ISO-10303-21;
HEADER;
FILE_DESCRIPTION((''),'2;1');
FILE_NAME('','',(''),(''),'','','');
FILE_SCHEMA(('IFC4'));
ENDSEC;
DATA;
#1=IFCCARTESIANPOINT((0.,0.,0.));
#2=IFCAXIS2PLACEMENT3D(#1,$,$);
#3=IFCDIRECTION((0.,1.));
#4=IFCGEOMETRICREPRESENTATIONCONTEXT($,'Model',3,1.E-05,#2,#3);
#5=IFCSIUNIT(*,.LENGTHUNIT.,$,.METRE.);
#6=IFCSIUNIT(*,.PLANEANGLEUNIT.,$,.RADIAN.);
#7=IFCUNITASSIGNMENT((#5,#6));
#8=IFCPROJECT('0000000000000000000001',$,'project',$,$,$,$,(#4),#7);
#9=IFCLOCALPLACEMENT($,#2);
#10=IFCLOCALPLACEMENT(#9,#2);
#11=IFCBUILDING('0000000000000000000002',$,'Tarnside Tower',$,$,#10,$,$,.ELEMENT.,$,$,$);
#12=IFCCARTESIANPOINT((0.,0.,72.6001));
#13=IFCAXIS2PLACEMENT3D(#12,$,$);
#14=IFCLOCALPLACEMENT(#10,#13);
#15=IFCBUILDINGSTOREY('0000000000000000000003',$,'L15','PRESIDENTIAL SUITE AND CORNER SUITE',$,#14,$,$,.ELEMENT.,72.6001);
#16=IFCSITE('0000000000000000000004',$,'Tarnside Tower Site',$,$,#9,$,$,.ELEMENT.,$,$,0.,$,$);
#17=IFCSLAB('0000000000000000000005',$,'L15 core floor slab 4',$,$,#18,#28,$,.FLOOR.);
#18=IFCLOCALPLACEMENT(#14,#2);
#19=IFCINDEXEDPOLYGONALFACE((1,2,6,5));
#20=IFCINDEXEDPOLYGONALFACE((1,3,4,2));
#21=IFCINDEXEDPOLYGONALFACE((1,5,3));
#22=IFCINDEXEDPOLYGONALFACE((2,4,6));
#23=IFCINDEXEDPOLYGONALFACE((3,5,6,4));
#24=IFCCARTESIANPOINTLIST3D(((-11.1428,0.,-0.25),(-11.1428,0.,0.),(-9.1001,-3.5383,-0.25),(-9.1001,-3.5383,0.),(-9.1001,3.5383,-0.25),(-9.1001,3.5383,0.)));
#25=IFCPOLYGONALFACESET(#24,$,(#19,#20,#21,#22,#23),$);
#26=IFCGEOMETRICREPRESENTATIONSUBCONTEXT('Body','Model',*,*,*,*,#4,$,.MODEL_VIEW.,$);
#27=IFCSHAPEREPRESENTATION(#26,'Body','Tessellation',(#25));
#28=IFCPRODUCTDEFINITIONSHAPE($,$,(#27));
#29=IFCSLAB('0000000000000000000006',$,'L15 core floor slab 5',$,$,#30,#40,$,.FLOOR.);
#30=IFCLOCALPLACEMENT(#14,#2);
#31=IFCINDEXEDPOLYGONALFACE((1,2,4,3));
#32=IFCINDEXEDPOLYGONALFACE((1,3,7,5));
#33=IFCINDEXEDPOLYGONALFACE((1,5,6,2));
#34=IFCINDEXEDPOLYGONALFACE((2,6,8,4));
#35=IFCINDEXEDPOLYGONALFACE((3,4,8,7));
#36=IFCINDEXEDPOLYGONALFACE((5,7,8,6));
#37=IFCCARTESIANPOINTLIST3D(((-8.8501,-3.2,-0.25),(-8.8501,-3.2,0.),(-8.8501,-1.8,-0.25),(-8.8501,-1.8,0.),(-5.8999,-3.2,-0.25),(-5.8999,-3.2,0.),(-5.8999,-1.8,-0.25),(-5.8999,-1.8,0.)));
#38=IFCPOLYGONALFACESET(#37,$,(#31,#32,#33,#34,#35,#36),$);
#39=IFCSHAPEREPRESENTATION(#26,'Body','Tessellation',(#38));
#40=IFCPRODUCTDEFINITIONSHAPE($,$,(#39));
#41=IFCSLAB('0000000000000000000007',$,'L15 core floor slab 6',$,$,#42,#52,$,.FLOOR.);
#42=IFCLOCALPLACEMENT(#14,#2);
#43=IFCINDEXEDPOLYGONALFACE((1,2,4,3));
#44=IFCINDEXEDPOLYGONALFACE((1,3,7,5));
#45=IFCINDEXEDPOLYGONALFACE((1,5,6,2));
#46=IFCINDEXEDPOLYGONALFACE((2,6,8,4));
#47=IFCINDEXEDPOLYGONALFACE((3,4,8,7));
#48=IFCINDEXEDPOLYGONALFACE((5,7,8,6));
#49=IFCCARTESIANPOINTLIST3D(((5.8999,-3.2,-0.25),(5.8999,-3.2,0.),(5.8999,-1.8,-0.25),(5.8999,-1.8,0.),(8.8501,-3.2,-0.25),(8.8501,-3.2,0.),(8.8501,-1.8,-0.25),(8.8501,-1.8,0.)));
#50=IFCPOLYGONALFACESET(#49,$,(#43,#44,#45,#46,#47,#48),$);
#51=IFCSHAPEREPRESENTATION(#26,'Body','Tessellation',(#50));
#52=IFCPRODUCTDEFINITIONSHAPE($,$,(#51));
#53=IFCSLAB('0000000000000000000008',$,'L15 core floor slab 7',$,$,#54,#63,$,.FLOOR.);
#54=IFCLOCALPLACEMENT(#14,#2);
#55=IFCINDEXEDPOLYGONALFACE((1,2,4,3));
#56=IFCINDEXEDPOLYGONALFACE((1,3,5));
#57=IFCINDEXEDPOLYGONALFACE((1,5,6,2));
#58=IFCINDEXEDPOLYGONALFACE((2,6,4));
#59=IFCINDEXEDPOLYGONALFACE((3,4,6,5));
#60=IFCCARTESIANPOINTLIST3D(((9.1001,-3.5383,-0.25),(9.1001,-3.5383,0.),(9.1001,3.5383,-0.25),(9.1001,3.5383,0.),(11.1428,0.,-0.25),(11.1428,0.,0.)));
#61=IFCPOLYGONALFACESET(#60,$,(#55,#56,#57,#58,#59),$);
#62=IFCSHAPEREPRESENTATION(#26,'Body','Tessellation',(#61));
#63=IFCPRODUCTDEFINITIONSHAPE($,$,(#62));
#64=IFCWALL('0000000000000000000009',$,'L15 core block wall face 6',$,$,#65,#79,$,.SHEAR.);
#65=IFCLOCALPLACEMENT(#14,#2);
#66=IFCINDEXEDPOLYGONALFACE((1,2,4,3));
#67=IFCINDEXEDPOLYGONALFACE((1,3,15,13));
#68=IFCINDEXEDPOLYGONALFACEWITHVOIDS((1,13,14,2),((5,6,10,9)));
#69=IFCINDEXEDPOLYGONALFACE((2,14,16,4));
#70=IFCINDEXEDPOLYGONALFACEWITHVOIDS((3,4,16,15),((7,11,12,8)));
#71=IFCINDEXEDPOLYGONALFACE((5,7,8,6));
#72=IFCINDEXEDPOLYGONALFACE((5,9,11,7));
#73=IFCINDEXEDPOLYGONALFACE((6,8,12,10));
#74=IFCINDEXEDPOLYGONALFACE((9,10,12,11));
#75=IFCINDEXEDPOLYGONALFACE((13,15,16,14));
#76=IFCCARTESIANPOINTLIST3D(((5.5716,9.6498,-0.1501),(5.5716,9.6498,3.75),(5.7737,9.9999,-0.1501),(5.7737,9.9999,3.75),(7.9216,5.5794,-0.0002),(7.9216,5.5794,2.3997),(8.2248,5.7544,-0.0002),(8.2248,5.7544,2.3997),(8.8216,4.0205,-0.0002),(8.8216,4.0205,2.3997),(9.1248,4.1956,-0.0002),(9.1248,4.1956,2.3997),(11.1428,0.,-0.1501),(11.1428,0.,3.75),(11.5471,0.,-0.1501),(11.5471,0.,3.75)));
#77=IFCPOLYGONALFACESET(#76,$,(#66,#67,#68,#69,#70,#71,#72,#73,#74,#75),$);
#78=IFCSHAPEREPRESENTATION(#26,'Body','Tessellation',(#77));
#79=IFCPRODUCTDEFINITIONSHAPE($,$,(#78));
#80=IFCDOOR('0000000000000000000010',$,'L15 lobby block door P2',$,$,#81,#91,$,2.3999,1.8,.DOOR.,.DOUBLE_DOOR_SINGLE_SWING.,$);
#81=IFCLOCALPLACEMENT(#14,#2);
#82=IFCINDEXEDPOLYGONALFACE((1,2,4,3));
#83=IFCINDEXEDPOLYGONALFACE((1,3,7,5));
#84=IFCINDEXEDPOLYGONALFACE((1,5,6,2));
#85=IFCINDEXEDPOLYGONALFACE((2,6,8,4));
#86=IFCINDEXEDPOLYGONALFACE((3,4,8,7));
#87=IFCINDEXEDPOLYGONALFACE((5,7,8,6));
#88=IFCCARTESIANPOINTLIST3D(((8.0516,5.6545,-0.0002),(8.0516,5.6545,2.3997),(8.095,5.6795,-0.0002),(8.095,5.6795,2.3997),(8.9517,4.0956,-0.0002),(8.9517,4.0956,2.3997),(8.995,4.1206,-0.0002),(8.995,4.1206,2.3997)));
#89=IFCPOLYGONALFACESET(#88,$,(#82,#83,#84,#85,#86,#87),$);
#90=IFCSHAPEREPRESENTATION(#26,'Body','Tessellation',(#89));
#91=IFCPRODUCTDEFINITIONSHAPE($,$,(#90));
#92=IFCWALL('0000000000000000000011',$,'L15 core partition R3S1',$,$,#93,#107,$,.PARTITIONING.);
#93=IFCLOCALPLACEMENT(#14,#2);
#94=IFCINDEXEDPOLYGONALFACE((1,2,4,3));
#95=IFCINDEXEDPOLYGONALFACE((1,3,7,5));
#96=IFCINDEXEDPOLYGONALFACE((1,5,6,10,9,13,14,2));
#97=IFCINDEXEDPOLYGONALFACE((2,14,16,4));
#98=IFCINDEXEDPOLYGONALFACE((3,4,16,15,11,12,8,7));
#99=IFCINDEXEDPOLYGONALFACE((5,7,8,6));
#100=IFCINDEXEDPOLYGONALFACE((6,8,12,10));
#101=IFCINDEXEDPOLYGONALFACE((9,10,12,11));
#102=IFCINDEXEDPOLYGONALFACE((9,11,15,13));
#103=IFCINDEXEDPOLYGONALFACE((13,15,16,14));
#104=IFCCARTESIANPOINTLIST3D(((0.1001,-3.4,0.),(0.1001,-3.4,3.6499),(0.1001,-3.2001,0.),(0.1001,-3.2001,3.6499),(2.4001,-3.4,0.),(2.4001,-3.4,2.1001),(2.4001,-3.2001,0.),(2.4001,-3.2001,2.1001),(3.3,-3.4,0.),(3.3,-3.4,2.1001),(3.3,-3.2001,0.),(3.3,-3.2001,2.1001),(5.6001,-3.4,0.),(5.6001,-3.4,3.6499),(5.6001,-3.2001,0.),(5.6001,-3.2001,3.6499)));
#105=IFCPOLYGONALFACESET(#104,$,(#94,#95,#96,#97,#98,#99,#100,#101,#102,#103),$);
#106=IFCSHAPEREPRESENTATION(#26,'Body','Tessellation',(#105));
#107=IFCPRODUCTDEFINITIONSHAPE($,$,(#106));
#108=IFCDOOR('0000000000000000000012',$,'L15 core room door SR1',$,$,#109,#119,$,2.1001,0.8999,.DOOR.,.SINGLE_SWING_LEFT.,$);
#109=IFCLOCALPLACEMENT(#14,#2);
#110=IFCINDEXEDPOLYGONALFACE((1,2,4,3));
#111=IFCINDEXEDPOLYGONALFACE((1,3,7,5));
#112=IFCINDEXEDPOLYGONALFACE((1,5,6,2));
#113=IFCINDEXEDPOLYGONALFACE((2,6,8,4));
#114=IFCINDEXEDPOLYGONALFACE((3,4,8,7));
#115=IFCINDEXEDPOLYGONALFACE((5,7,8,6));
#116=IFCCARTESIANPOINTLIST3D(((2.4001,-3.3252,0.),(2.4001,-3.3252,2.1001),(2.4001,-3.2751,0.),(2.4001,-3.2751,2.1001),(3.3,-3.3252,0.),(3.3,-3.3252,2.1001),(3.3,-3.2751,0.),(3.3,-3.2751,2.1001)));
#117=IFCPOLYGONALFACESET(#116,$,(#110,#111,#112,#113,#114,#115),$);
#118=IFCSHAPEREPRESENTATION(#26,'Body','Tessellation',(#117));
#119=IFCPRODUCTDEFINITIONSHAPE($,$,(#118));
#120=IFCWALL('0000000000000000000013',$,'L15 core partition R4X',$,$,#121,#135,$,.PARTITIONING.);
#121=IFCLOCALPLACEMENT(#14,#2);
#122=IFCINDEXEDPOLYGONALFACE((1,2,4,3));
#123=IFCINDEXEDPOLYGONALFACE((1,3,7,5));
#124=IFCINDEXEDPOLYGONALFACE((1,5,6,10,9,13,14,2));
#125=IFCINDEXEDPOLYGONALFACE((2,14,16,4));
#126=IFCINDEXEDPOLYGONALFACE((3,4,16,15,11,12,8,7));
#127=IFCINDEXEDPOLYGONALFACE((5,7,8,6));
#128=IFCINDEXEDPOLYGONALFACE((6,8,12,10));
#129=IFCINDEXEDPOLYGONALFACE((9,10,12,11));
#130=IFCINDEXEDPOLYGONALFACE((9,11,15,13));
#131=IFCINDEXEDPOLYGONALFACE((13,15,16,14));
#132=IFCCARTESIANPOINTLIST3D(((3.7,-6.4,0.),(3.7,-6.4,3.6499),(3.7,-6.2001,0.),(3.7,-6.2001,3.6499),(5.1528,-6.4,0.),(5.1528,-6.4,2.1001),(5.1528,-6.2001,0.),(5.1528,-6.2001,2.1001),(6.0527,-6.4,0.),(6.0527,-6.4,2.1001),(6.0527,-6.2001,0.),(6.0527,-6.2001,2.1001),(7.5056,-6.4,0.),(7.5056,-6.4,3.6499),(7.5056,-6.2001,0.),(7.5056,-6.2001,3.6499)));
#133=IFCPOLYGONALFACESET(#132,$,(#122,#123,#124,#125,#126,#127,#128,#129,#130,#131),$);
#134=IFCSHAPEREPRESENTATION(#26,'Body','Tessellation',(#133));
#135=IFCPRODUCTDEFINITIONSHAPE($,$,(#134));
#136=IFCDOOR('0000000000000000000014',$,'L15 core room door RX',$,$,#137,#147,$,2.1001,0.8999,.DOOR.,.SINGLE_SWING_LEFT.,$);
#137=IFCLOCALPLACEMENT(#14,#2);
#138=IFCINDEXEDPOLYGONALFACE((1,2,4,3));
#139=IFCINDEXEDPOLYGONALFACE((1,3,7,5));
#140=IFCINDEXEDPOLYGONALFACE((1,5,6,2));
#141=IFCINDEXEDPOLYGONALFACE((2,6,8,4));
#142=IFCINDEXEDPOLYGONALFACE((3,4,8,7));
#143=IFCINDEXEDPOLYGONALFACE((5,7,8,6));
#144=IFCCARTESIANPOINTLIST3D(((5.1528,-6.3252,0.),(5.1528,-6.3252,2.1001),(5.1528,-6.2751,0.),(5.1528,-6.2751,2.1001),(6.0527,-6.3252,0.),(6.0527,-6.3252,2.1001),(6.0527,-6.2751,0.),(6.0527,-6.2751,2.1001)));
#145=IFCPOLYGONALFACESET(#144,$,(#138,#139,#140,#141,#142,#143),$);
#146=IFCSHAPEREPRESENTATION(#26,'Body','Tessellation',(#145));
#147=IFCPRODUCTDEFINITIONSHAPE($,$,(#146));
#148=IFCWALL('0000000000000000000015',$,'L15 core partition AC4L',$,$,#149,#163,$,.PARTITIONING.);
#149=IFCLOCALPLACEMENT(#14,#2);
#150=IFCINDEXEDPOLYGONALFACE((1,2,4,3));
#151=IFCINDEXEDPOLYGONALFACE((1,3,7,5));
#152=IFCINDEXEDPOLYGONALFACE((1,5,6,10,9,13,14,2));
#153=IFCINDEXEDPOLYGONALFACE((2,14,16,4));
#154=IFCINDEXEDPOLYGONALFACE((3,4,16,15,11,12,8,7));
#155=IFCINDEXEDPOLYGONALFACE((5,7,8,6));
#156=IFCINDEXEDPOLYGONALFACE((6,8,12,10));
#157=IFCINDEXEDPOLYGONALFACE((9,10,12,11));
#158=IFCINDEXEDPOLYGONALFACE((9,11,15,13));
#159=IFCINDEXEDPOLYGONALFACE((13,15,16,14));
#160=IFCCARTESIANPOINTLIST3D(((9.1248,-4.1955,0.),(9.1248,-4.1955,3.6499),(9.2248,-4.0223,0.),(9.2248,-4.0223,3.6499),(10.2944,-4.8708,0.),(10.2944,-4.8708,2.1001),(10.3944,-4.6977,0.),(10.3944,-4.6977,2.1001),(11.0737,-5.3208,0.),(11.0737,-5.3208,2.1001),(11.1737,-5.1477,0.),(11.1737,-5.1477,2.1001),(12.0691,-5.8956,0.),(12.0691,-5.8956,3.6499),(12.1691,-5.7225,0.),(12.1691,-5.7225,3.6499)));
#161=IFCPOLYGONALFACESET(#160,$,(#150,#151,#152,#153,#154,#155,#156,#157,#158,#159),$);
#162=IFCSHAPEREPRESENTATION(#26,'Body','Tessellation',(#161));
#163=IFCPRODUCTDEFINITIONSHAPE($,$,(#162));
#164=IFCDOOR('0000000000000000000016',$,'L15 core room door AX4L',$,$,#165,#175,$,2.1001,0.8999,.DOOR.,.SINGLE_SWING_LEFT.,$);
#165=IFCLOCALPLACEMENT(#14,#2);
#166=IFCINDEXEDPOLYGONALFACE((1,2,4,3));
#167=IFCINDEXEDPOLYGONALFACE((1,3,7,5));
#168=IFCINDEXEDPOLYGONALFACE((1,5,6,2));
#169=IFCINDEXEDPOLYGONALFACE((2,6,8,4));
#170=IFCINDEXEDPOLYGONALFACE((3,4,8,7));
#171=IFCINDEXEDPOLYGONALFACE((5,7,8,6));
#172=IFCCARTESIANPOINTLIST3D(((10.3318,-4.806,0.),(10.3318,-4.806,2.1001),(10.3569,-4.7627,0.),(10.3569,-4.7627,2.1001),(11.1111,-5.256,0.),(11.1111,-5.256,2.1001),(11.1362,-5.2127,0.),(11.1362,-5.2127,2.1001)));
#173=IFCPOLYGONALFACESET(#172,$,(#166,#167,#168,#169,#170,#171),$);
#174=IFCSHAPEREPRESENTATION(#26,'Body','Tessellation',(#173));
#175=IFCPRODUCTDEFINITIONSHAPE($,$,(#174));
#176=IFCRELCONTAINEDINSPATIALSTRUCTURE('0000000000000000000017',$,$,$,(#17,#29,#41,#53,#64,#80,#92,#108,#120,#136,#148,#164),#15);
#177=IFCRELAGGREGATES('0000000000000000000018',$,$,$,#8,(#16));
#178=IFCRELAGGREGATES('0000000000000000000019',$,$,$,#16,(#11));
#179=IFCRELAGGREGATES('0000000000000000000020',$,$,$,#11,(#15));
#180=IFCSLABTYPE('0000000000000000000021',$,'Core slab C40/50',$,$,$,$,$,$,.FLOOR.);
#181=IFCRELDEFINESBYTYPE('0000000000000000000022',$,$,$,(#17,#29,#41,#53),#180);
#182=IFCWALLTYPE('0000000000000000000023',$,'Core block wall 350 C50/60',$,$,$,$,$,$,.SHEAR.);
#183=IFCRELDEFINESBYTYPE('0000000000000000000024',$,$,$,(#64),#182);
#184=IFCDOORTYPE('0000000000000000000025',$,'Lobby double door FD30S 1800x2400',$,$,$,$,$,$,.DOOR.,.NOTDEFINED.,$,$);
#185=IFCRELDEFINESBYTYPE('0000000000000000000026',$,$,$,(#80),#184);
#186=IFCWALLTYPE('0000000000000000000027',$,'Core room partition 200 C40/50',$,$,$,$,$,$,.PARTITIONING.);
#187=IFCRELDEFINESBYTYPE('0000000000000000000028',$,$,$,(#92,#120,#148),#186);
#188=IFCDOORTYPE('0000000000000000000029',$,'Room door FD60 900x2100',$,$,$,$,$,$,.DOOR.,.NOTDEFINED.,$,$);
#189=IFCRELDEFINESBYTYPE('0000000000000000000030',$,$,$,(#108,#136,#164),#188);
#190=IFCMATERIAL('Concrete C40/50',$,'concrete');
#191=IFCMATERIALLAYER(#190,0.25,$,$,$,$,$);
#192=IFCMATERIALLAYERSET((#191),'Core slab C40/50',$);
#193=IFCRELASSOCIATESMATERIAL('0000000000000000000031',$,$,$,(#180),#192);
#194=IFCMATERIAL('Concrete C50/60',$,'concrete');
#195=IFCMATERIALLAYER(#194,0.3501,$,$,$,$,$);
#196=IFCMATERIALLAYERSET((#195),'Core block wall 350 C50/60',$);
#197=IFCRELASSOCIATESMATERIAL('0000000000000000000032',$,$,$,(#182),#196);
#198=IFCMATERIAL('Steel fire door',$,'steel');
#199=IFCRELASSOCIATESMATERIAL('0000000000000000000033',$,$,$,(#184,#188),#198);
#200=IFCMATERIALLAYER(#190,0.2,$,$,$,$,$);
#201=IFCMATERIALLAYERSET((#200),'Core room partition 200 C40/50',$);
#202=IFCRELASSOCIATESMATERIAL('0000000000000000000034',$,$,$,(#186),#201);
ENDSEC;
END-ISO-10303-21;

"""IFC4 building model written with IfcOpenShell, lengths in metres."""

from ifc_helpers import new_model, si_unit, direction, frame, frame_2d, origin, place, context, subcontext, project, spatial, polyline, rectangle, outline, extrude, material, layer, layer_set, type_object, element, fill, save


model = new_model("IFC4")

# Units and contexts
model_context = context("Model", 3, precision=1e-05, world=origin(), true_north=direction((0.0, 1.0)))
body_context = subcontext(model_context, "Body", "Model", "MODEL_VIEW")
ifc_project = project(units=[si_unit("LENGTHUNIT", "METRE"), si_unit("PLANEANGLEUNIT", "RADIAN")], contexts=[model_context])

# Site, building, storey
site_placement = place(None, origin())
site = spatial("IfcSite", under=ifc_project, at=site_placement, Name="Tarnside Tower Site", CompositionType="ELEMENT", RefElevation=0.0)
building_placement = place(site_placement, origin())
building = spatial("IfcBuilding", under=site, at=building_placement, Name="Tarnside Tower", CompositionType="ELEMENT")
storey_placement = place(building_placement, frame((0.0, 0.0, 72.6001)))
storey = spatial("IfcBuildingStorey", under=building, at=storey_placement, Name="L15", Description="PRESIDENTIAL SUITE AND CORNER SUITE", CompositionType="ELEMENT", Elevation=72.6001)

# Slabs
ifc_material_1 = material(Name="Concrete C40/50", Category="concrete")
ifc_layer_1 = layer(ifc_material_1, 0.25)
ifc_layer_set_1 = layer_set([ifc_layer_1], Name="Core slab C40/50")
slab_type = type_object("IfcSlabType", Name="Core slab C40/50", PredefinedType="FLOOR", material=ifc_layer_set_1)
slab_1_placement = place(storey_placement, frame((0.0, 0.0, -0.25)))
element("IfcSlab", 1, at=slab_1_placement, inside=storey, type_object=slab_type, Name="L15 core floor slab 4", PredefinedType="FLOOR", context=body_context, shape_type="SweptSolid", body=[
    extrude(outline(polyline([(-11.1428, 0.0), (-9.1001, 3.5383), (-9.1001, -3.5383), (-11.1428, 0.0)])), origin(), (0.0, 0.0, 1.0), 0.25),
])
slab_2_placement = place(storey_placement, frame((0.0, 0.0, -0.25)))
element("IfcSlab", 2, at=slab_2_placement, inside=storey, type_object=slab_type, Name="L15 core floor slab 5", PredefinedType="FLOOR", context=body_context, shape_type="SweptSolid", body=[
    extrude(outline(polyline([(-8.8501, -1.8), (-5.8999, -1.8), (-5.8999, -3.2), (-8.8501, -3.2), (-8.8501, -1.8)])), origin(), (0.0, 0.0, 1.0), 0.25),
])
slab_3_placement = place(storey_placement, frame((0.0, 0.0, -0.25)))
element("IfcSlab", 3, at=slab_3_placement, inside=storey, type_object=slab_type, Name="L15 core floor slab 6", PredefinedType="FLOOR", context=body_context, shape_type="SweptSolid", body=[
    extrude(outline(polyline([(5.8999, -3.2), (5.8999, -1.8), (8.8501, -1.8), (8.8501, -3.2), (5.8999, -3.2)])), origin(), (0.0, 0.0, 1.0), 0.25),
])
slab_4_placement = place(storey_placement, frame((0.0, 0.0, -0.25)))
element("IfcSlab", 4, at=slab_4_placement, inside=storey, type_object=slab_type, Name="L15 core floor slab 7", PredefinedType="FLOOR", context=body_context, shape_type="SweptSolid", body=[
    extrude(outline(polyline([(9.1001, -3.5383), (9.1001, 3.5383), (11.1428, 0.0), (9.1001, -3.5383)])), origin(), (0.0, 0.0, 1.0), 0.25),
])

# Walls, openings, doors
ifc_material_2 = material(Name="Concrete C50/60", Category="concrete")
ifc_layer_2 = layer(ifc_material_2, 0.3501)
ifc_layer_set_2 = layer_set([ifc_layer_2], Name="Core block wall 350 C50/60")
wall_type_1 = type_object("IfcWallType", Name="Core block wall 350 C50/60", PredefinedType="SHEAR", material=ifc_layer_set_2)
wall_1_placement = place(storey_placement, frame((11.345, 0.0, -0.1501), z_axis=(0.0, 0.0, 1.0), x_axis=(-0.499995, 0.866028, 0.0)))
wall_1 = element("IfcWall", 5, at=wall_1_placement, inside=storey, type_object=wall_type_1, Name="L15 core block wall face 6", PredefinedType="SHEAR", context=body_context, shape_type="SweptSolid", body=[
    extrude(outline(polyline([(-0.1011, -0.175), (11.4458, -0.175), (11.2437, 0.175), (0.1011, 0.175), (-0.1011, -0.175)])), origin(), (0.0, 0.0, 1.0), 3.9001),
])
opening_1_placement = place(wall_1_placement, frame((4.7437, 0.0, 0.1499)))
opening_1 = element("IfcOpeningElement", 6, at=opening_1_placement, cuts=wall_1, PredefinedType="OPENING", context=body_context, shape_type="SweptSolid", body=[
    extrude(rectangle(XDim=1.8, YDim=2.3999, at=frame_2d((0.8999, 1.2))), frame((0.0, 0.1851, 0.0), z_axis=(0.0, -1.0, 0.0), x_axis=(1.0, 0.0, 0.0)), (0.0, 0.0, 1.0), 0.3701),
])
ifc_material_3 = material(Name="Steel fire door", Category="steel")
door_type_1 = type_object("IfcDoorType", Name="Lobby double door FD30S 1800x2400", OperationType="NOTDEFINED", PredefinedType="DOOR", material=ifc_material_3)
door_1_placement = place(opening_1_placement, origin())
door_1 = element("IfcDoor", 7, at=door_1_placement, inside=storey, type_object=door_type_1, Name="L15 lobby block door P2", OperationType="DOUBLE_DOOR_SINGLE_SWING", OverallHeight=2.3999, OverallWidth=1.8, PredefinedType="DOOR", context=body_context, shape_type="SweptSolid", body=[
    extrude(rectangle(XDim=1.8, YDim=2.3999, at=frame_2d((0.8999, 1.2))), frame((0.0, 0.0249, 0.0), z_axis=(0.0, -1.0, 0.0), x_axis=(1.0, 0.0, 0.0)), (0.0, 0.0, 1.0), 0.05),
])
fill(opening_1, door_1)
ifc_layer_3 = layer(ifc_material_1, 0.2)
ifc_layer_set_3 = layer_set([ifc_layer_3], Name="Core room partition 200 C40/50")
wall_type_2 = type_object("IfcWallType", Name="Core room partition 200 C40/50", PredefinedType="PARTITIONING", material=ifc_layer_set_3)
wall_2_placement = place(storey_placement, frame((0.1001, -3.3, 0.0), z_axis=(0.0, 0.0, 1.0), x_axis=(1.0, 0.0, 0.0)))
wall_2 = element("IfcWall", 8, at=wall_2_placement, inside=storey, type_object=wall_type_2, Name="L15 core partition R3S1", PredefinedType="PARTITIONING", context=body_context, shape_type="SweptSolid", body=[
    extrude(rectangle(XDim=5.5, YDim=0.2, at=frame_2d((2.75, 0.0))), origin(), (0.0, 0.0, 1.0), 3.6499),
])
opening_2_placement = place(wall_2_placement, frame((2.3, 0.0, 0.0)))
opening_2 = element("IfcOpeningElement", 9, at=opening_2_placement, cuts=wall_2, PredefinedType="OPENING", context=body_context, shape_type="SweptSolid", body=[
    extrude(rectangle(XDim=0.8999, YDim=2.1001, at=frame_2d((0.45, 1.05))), frame((0.0, 0.1099, 0.0), z_axis=(0.0, -1.0, 0.0), x_axis=(1.0, 0.0, 0.0)), (0.0, 0.0, 1.0), 0.22),
])
door_type_2 = type_object("IfcDoorType", Name="Room door FD60 900x2100", OperationType="NOTDEFINED", PredefinedType="DOOR", material=ifc_material_3)
door_2_placement = place(opening_2_placement, origin())
door_2 = element("IfcDoor", 10, at=door_2_placement, inside=storey, type_object=door_type_2, Name="L15 core room door SR1", OperationType="SINGLE_SWING_LEFT", OverallHeight=2.1001, OverallWidth=0.8999, PredefinedType="DOOR", context=body_context, shape_type="SweptSolid", body=[
    extrude(rectangle(XDim=0.8999, YDim=2.1001, at=frame_2d((0.45, 1.05))), frame((0.0, 0.0249, 0.0), z_axis=(0.0, -1.0, 0.0), x_axis=(1.0, 0.0, 0.0)), (0.0, 0.0, 1.0), 0.05),
])
fill(opening_2, door_2)
wall_3_placement = place(storey_placement, frame((3.7, -6.3, 0.0), z_axis=(0.0, 0.0, 1.0), x_axis=(1.0, 0.0, 0.0)))
wall_3 = element("IfcWall", 11, at=wall_3_placement, inside=storey, type_object=wall_type_2, Name="L15 core partition R4X", PredefinedType="PARTITIONING", context=body_context, shape_type="SweptSolid", body=[
    extrude(rectangle(XDim=3.8057, YDim=0.2, at=frame_2d((1.9028, 0.0))), origin(), (0.0, 0.0, 1.0), 3.6499),
])
opening_3_placement = place(wall_3_placement, frame((1.4529, 0.0, 0.0)))
opening_3 = element("IfcOpeningElement", 12, at=opening_3_placement, cuts=wall_3, PredefinedType="OPENING", context=body_context, shape_type="SweptSolid", body=[
    extrude(rectangle(XDim=0.8999, YDim=2.1001, at=frame_2d((0.45, 1.05))), frame((0.0, 0.1099, 0.0), z_axis=(0.0, -1.0, 0.0), x_axis=(1.0, 0.0, 0.0)), (0.0, 0.0, 1.0), 0.22),
])
door_3_placement = place(opening_3_placement, origin())
door_3 = element("IfcDoor", 13, at=door_3_placement, inside=storey, type_object=door_type_2, Name="L15 core room door RX", OperationType="SINGLE_SWING_LEFT", OverallHeight=2.1001, OverallWidth=0.8999, PredefinedType="DOOR", context=body_context, shape_type="SweptSolid", body=[
    extrude(rectangle(XDim=0.8999, YDim=2.1001, at=frame_2d((0.45, 1.05))), frame((0.0, 0.0249, 0.0), z_axis=(0.0, -1.0, 0.0), x_axis=(1.0, 0.0, 0.0)), (0.0, 0.0, 1.0), 0.05),
])
fill(opening_3, door_3)
wall_4_placement = place(storey_placement, frame((9.1748, -4.1089, 0.0), z_axis=(0.0, 0.0, 1.0), x_axis=(0.865989, -0.500062, 0.0)))
wall_4 = element("IfcWall", 14, at=wall_4_placement, inside=storey, type_object=wall_type_2, Name="L15 core partition AC4L", PredefinedType="PARTITIONING", context=body_context, shape_type="SweptSolid", body=[
    extrude(rectangle(XDim=3.3999, YDim=0.2, at=frame_2d((1.7, 0.0))), origin(), (0.0, 0.0, 1.0), 3.6499),
])
opening_4_placement = place(wall_4_placement, frame((1.3506, 0.0, 0.0)))
opening_4 = element("IfcOpeningElement", 15, at=opening_4_placement, cuts=wall_4, PredefinedType="OPENING", context=body_context, shape_type="SweptSolid", body=[
    extrude(rectangle(XDim=0.8999, YDim=2.1001, at=frame_2d((0.45, 1.05))), frame((0.0, 0.1099, 0.0), z_axis=(0.0, -1.0, 0.0), x_axis=(1.0, 0.0, 0.0)), (0.0, 0.0, 1.0), 0.22),
])
door_4_placement = place(opening_4_placement, origin())
door_4 = element("IfcDoor", 16, at=door_4_placement, inside=storey, type_object=door_type_2, Name="L15 core room door AX4L", OperationType="SINGLE_SWING_LEFT", OverallHeight=2.1001, OverallWidth=0.8999, PredefinedType="DOOR", context=body_context, shape_type="SweptSolid", body=[
    extrude(rectangle(XDim=0.8999, YDim=2.1001, at=frame_2d((0.45, 1.05))), frame((0.0, 0.0249, 0.0), z_axis=(0.0, -1.0, 0.0), x_axis=(1.0, 0.0, 0.0)), (0.0, 0.0, 1.0), 0.05),
])
fill(opening_4, door_4)

save(model, "model.ifc")
